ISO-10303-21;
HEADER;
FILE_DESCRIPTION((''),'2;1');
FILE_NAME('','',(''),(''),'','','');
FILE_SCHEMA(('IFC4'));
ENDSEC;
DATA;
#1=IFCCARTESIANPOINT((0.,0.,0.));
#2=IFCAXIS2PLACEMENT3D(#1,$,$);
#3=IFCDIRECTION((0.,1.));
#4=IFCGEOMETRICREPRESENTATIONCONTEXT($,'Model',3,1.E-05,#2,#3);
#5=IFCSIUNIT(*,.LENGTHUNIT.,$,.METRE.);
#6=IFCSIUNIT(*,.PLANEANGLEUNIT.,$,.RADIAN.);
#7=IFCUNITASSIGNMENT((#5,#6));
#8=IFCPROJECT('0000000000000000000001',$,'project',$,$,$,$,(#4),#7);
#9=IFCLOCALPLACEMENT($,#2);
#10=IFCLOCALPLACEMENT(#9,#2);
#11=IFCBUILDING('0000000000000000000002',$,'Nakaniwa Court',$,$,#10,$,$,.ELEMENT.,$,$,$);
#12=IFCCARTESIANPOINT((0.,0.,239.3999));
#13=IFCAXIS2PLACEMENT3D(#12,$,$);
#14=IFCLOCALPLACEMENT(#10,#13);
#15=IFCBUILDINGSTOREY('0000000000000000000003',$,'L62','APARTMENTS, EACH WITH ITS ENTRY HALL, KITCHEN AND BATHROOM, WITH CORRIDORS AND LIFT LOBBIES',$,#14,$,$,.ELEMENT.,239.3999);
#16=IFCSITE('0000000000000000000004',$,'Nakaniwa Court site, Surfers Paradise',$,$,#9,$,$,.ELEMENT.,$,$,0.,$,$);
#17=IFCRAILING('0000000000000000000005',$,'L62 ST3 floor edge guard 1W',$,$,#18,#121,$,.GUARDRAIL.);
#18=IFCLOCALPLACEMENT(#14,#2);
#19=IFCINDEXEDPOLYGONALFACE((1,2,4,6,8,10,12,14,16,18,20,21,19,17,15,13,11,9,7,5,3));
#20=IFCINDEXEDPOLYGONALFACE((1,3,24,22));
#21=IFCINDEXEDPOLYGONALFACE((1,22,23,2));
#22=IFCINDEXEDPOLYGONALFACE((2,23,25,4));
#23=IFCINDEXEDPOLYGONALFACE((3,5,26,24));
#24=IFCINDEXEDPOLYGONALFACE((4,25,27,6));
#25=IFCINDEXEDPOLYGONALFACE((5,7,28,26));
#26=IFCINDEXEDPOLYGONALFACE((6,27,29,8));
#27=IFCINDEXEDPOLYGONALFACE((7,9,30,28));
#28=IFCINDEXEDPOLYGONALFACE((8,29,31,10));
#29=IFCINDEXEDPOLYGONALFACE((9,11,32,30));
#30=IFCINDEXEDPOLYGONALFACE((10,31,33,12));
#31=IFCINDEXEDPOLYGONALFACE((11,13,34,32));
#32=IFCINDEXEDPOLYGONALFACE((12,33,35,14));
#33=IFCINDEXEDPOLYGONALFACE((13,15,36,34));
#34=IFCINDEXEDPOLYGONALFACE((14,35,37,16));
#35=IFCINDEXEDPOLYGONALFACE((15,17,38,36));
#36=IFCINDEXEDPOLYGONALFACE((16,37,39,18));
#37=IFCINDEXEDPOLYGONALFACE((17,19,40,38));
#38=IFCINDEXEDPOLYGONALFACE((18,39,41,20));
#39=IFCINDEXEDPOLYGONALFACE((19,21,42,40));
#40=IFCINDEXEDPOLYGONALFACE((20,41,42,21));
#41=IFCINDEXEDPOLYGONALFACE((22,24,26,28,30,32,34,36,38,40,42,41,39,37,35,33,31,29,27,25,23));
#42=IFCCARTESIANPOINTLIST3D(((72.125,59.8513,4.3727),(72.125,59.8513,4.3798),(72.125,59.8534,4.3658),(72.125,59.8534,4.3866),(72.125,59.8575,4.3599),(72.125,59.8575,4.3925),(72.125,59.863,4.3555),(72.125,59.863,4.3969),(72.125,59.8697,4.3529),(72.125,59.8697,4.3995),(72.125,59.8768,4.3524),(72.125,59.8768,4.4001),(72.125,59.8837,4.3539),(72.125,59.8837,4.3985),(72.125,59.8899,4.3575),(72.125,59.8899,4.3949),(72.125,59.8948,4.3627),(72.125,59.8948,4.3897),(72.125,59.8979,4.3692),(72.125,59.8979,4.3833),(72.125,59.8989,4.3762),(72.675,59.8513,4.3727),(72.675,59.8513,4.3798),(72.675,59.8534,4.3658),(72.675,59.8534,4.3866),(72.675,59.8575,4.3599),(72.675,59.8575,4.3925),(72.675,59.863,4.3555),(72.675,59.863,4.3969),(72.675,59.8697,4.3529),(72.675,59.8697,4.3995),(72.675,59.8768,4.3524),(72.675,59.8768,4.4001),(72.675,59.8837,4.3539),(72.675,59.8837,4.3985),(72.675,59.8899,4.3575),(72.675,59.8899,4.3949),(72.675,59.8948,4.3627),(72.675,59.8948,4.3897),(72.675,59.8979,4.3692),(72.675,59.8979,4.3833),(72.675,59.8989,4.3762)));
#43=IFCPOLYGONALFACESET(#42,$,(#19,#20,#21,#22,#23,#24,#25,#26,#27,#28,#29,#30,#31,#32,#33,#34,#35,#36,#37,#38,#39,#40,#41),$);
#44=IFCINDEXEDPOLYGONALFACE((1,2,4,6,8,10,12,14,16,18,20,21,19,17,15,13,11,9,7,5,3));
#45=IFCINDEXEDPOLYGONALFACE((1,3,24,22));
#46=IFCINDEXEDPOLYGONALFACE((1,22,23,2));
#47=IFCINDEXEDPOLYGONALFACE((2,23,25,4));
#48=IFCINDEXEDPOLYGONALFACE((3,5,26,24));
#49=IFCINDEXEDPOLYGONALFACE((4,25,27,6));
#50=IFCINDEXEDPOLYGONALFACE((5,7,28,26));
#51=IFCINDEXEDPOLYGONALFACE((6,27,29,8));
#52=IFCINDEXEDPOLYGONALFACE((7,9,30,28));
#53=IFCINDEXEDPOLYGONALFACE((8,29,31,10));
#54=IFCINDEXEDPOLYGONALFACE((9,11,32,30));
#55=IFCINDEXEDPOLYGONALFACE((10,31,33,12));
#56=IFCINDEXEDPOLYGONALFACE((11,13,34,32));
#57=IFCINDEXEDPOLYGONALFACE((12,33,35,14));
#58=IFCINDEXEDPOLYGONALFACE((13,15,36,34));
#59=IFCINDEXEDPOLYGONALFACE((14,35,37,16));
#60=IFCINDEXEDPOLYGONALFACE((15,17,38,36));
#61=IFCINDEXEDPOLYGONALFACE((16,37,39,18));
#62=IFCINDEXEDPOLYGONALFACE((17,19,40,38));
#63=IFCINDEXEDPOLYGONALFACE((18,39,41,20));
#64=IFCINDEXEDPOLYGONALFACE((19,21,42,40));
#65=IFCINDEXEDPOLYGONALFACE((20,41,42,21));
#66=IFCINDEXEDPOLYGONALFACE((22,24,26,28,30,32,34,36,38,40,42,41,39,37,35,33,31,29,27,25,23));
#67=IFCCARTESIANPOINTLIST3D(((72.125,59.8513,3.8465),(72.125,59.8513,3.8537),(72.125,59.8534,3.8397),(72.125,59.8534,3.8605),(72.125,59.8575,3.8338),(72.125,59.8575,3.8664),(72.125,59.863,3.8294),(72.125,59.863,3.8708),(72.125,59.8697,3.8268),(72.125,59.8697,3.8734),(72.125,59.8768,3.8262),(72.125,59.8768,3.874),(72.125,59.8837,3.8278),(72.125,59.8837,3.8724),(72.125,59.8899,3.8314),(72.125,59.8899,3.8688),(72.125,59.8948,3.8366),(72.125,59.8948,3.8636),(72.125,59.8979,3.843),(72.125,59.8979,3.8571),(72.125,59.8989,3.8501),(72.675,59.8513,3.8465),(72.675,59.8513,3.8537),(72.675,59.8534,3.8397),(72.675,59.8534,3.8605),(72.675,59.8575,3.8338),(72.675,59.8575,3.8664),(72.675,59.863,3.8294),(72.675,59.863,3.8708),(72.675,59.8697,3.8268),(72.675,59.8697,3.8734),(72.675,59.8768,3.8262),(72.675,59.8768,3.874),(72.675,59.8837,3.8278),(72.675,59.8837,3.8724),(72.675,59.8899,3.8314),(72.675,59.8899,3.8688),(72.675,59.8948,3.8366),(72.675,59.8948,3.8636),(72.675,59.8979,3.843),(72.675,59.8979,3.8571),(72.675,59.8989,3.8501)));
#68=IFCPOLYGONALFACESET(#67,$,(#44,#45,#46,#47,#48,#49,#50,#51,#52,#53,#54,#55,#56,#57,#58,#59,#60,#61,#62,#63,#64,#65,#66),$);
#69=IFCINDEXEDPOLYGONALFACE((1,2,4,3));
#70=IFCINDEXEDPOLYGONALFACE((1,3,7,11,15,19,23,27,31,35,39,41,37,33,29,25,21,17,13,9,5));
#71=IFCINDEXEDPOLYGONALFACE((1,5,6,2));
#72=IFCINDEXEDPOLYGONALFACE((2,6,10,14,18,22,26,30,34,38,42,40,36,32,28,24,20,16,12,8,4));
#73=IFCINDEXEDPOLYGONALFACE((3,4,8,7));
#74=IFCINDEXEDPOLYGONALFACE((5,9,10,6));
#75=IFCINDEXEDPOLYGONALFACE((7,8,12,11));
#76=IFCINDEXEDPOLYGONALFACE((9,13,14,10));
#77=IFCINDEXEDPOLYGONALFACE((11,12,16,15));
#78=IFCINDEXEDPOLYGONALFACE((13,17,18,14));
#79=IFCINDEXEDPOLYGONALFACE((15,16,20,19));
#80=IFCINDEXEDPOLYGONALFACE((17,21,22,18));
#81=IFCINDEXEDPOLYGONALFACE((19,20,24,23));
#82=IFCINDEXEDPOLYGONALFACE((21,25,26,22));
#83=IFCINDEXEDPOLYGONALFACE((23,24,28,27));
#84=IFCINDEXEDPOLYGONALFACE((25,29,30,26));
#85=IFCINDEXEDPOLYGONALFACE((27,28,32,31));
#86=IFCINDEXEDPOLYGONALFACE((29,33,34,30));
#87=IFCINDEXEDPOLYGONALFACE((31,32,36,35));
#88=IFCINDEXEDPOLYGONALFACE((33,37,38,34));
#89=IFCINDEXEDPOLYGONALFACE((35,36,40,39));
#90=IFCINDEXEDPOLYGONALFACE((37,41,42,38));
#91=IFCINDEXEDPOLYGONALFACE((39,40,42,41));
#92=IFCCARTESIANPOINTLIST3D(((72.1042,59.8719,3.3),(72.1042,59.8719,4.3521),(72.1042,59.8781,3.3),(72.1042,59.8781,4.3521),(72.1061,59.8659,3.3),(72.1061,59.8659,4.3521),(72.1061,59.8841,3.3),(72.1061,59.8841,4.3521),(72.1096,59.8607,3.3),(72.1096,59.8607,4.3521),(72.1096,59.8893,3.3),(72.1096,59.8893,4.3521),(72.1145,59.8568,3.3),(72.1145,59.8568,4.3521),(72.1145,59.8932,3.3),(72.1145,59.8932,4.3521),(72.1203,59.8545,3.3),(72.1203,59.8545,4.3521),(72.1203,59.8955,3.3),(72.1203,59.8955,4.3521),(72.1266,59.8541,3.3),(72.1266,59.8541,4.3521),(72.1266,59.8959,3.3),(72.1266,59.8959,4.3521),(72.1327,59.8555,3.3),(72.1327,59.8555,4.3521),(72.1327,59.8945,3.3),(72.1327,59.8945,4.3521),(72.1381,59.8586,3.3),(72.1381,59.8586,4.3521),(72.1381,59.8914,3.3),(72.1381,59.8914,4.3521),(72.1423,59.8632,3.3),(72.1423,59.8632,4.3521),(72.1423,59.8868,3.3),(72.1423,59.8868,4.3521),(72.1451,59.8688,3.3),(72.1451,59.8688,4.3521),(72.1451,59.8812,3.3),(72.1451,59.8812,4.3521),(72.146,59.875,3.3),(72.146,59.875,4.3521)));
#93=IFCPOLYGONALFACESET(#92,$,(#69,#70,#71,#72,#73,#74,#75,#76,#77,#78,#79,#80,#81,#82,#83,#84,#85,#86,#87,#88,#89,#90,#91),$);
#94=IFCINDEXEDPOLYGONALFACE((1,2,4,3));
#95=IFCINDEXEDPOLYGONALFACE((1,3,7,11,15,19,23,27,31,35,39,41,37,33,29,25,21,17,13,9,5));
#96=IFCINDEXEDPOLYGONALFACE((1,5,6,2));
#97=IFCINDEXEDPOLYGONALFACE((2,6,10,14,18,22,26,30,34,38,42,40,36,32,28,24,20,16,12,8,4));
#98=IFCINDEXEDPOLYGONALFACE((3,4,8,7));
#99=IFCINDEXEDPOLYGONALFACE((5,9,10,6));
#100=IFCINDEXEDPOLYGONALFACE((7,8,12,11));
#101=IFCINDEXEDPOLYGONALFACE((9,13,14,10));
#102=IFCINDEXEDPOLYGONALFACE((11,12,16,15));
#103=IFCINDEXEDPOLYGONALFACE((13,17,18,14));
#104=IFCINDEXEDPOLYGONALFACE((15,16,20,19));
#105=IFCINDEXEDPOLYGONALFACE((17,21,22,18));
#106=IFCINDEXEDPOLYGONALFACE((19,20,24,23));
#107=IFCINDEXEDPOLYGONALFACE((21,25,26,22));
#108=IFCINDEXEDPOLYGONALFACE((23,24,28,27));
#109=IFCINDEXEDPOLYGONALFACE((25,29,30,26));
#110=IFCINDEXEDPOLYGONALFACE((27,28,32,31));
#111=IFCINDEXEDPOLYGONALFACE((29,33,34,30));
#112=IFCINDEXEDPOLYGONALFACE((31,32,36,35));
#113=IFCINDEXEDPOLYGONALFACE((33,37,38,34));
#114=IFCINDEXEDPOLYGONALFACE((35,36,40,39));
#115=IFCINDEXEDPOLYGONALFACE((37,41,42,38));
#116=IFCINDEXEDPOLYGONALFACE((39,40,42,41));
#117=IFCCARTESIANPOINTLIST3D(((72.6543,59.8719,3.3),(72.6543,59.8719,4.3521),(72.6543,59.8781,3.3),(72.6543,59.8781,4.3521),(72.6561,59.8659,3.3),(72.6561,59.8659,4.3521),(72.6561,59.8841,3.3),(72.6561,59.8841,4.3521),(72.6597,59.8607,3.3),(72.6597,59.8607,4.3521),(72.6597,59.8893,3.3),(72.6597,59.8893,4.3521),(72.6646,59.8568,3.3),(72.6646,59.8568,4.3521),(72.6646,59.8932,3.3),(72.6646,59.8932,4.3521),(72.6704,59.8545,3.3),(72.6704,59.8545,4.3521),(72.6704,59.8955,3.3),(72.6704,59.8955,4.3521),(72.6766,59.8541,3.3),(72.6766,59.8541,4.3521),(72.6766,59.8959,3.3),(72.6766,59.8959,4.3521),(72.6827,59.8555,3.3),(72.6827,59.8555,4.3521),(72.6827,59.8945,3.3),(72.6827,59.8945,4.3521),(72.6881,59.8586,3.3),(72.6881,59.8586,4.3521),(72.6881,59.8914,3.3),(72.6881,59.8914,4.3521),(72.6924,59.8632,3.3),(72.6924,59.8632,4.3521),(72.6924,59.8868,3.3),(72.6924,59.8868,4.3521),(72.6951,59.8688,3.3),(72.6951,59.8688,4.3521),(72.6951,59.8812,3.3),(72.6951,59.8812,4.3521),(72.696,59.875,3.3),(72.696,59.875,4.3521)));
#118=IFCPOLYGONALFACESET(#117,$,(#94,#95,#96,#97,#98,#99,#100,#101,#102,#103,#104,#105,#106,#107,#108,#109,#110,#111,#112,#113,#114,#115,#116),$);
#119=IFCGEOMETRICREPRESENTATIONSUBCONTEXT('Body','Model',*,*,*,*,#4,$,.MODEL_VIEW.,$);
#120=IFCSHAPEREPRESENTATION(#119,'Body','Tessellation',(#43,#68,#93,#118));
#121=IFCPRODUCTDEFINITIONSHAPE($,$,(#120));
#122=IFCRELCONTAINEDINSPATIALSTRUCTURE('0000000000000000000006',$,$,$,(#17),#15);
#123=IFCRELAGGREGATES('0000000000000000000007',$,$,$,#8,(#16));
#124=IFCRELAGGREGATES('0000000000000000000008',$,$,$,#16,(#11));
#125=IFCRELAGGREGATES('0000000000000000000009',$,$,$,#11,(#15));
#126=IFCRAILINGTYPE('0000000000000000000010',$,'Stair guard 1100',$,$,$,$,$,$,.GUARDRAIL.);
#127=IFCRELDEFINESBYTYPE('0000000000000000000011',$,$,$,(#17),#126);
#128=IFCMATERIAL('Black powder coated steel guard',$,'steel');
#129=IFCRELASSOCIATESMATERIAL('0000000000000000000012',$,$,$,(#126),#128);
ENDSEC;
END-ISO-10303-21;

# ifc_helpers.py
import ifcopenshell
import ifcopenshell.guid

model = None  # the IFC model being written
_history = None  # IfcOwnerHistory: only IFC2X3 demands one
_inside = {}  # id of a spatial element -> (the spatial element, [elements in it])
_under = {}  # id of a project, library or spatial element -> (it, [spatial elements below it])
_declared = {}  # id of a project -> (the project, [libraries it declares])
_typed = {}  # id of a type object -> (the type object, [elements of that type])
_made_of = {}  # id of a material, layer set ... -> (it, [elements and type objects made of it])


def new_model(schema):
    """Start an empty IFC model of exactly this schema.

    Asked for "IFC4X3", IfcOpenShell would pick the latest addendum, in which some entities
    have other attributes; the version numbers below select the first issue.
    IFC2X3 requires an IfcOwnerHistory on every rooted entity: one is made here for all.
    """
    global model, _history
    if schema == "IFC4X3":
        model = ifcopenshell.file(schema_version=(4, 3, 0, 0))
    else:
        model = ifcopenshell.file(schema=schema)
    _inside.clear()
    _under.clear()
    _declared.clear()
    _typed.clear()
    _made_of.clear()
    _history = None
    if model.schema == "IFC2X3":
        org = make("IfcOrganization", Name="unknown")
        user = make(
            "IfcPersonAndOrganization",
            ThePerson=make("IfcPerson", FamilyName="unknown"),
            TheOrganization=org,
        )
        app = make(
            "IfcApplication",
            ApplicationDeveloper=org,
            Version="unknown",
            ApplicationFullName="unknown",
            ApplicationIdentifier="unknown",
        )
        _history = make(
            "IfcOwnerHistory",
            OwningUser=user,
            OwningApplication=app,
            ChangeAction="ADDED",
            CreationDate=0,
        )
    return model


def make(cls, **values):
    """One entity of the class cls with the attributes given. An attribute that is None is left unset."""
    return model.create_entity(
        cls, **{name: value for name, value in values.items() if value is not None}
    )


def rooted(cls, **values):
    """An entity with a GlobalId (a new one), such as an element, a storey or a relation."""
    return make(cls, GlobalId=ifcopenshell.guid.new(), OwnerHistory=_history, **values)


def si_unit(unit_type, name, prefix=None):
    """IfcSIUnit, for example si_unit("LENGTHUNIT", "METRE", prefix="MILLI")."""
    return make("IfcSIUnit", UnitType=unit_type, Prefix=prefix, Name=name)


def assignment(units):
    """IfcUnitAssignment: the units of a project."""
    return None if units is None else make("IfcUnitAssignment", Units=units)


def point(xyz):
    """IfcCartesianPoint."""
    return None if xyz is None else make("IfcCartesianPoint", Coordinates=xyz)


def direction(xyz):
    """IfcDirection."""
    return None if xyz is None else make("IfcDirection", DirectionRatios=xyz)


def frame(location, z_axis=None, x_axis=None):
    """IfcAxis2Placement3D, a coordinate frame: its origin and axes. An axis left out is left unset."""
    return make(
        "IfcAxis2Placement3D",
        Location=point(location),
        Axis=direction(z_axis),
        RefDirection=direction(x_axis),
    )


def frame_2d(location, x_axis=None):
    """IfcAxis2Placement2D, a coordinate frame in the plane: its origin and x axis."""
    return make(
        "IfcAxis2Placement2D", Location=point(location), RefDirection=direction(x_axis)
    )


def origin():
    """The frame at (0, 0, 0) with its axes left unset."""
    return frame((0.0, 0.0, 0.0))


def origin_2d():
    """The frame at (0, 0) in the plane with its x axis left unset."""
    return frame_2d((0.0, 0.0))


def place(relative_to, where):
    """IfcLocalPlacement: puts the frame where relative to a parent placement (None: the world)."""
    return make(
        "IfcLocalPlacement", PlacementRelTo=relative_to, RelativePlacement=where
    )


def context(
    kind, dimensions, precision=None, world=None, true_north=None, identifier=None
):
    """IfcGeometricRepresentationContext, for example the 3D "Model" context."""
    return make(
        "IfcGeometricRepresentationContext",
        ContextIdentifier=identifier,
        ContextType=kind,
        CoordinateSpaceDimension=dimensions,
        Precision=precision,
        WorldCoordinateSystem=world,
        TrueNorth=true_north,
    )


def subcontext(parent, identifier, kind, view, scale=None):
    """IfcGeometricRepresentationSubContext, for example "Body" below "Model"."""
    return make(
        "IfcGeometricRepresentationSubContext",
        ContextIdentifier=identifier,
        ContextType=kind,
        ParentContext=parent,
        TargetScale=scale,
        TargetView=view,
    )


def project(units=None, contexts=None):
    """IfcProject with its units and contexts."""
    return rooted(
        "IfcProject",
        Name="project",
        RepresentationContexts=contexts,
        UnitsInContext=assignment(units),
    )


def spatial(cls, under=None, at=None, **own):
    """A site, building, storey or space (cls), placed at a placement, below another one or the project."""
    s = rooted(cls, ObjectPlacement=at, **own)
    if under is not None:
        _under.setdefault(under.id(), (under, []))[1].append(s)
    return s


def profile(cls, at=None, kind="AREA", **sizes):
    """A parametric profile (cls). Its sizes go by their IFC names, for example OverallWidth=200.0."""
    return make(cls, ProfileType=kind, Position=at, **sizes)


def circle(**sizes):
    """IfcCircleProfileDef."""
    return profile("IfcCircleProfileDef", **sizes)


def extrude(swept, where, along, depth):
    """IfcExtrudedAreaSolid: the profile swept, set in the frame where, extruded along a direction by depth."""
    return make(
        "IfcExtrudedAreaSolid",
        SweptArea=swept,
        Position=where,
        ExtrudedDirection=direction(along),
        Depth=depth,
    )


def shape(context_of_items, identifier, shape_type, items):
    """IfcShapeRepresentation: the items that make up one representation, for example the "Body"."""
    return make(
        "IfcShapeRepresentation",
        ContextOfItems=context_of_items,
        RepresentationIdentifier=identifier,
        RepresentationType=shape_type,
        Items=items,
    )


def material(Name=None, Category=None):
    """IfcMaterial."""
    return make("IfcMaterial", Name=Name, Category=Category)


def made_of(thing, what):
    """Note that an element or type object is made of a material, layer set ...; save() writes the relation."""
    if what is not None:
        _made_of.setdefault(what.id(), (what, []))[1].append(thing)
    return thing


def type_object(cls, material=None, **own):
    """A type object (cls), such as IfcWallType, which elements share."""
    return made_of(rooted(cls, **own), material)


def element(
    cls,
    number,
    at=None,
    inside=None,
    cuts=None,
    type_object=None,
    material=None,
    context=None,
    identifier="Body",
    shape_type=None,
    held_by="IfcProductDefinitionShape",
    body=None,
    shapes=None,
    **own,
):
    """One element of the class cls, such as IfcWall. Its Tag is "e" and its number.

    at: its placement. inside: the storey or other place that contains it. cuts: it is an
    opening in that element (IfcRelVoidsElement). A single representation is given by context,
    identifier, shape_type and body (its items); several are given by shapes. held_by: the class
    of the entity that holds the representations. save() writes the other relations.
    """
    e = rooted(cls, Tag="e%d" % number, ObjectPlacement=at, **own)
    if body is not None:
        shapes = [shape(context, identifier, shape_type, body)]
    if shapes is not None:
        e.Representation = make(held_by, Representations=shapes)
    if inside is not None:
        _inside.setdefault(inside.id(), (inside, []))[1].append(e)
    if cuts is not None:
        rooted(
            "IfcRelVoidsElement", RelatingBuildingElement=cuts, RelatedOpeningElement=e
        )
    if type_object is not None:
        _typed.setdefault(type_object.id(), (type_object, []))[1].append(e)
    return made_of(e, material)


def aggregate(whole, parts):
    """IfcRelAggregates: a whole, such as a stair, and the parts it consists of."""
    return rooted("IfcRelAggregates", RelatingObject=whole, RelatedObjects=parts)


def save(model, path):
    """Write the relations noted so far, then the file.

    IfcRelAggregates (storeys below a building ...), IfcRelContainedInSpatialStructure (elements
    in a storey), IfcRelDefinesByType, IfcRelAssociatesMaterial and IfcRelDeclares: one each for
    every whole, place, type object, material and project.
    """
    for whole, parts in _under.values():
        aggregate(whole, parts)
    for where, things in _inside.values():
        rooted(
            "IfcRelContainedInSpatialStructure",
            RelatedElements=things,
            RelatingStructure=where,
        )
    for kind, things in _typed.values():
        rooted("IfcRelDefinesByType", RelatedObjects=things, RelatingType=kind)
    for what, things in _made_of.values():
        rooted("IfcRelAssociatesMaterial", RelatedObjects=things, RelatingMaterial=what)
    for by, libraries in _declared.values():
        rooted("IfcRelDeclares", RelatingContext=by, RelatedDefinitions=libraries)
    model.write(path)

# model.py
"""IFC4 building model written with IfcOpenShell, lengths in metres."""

from ifc_helpers import new_model, si_unit, direction, frame, origin, origin_2d, place, context, subcontext, project, spatial, circle, extrude, material, type_object, element, save


model = new_model("IFC4")

# Units and contexts
model_context = context("Model", 3, precision=1e-05, world=origin(), true_north=direction((0.0, 1.0)))
body_context = subcontext(model_context, "Body", "Model", "MODEL_VIEW")
ifc_project = project(units=[si_unit("LENGTHUNIT", "METRE"), si_unit("PLANEANGLEUNIT", "RADIAN")], contexts=[model_context])

# Site, building, storey
site_placement = place(None, origin())
site = spatial("IfcSite", under=ifc_project, at=site_placement, Name="Nakaniwa Court site, Surfers Paradise", CompositionType="ELEMENT", RefElevation=0.0)
building_placement = place(site_placement, origin())
building = spatial("IfcBuilding", under=site, at=building_placement, Name="Nakaniwa Court", CompositionType="ELEMENT")
storey_placement = place(building_placement, frame((0.0, 0.0, 239.3999)))
storey = spatial("IfcBuildingStorey", under=building, at=storey_placement, Name="L62", Description="APARTMENTS, EACH WITH ITS ENTRY HALL, KITCHEN AND BATHROOM, WITH CORRIDORS AND LIFT LOBBIES", CompositionType="ELEMENT", Elevation=239.3999)

# Railing
ifc_material_1 = material(Name="Black powder coated steel guard", Category="steel")
railing_type_1 = type_object("IfcRailingType", Name="Stair guard 1100", PredefinedType="GUARDRAIL", material=ifc_material_1)
for number, where, name in (
    (1, (72.125, 59.875, 3.3), "L62 ST3 floor edge guard 1W"),
):
    element("IfcRailing", number, at=place(storey_placement, frame(where)), inside=storey, type_object=railing_type_1, Name=name, PredefinedType="GUARDRAIL", context=body_context, shape_type="SweptSolid", body=[
        extrude(circle(Radius=0.0239, at=origin_2d()), frame((0.0, 0.0, 1.0762), z_axis=(1.0, 0.0, 0.0), x_axis=(0.0, 1.0, 0.0)), (0.0, 0.0, 1.0), 0.55),
        extrude(circle(Radius=0.0239, at=origin_2d()), frame((0.0, 0.0, 0.55), z_axis=(1.0, 0.0, 0.0), x_axis=(0.0, 1.0, 0.0)), (0.0, 0.0, 1.0), 0.55),
        extrude(circle(Radius=0.021, at=origin_2d()), origin(), (0.0, 0.0, 1.0), 1.052),
        extrude(circle(Radius=0.021, at=origin_2d()), frame((0.55, 0.0, 0.0)), (0.0, 0.0, 1.0), 1.052),
    ])

save(model, "model.ifc")
